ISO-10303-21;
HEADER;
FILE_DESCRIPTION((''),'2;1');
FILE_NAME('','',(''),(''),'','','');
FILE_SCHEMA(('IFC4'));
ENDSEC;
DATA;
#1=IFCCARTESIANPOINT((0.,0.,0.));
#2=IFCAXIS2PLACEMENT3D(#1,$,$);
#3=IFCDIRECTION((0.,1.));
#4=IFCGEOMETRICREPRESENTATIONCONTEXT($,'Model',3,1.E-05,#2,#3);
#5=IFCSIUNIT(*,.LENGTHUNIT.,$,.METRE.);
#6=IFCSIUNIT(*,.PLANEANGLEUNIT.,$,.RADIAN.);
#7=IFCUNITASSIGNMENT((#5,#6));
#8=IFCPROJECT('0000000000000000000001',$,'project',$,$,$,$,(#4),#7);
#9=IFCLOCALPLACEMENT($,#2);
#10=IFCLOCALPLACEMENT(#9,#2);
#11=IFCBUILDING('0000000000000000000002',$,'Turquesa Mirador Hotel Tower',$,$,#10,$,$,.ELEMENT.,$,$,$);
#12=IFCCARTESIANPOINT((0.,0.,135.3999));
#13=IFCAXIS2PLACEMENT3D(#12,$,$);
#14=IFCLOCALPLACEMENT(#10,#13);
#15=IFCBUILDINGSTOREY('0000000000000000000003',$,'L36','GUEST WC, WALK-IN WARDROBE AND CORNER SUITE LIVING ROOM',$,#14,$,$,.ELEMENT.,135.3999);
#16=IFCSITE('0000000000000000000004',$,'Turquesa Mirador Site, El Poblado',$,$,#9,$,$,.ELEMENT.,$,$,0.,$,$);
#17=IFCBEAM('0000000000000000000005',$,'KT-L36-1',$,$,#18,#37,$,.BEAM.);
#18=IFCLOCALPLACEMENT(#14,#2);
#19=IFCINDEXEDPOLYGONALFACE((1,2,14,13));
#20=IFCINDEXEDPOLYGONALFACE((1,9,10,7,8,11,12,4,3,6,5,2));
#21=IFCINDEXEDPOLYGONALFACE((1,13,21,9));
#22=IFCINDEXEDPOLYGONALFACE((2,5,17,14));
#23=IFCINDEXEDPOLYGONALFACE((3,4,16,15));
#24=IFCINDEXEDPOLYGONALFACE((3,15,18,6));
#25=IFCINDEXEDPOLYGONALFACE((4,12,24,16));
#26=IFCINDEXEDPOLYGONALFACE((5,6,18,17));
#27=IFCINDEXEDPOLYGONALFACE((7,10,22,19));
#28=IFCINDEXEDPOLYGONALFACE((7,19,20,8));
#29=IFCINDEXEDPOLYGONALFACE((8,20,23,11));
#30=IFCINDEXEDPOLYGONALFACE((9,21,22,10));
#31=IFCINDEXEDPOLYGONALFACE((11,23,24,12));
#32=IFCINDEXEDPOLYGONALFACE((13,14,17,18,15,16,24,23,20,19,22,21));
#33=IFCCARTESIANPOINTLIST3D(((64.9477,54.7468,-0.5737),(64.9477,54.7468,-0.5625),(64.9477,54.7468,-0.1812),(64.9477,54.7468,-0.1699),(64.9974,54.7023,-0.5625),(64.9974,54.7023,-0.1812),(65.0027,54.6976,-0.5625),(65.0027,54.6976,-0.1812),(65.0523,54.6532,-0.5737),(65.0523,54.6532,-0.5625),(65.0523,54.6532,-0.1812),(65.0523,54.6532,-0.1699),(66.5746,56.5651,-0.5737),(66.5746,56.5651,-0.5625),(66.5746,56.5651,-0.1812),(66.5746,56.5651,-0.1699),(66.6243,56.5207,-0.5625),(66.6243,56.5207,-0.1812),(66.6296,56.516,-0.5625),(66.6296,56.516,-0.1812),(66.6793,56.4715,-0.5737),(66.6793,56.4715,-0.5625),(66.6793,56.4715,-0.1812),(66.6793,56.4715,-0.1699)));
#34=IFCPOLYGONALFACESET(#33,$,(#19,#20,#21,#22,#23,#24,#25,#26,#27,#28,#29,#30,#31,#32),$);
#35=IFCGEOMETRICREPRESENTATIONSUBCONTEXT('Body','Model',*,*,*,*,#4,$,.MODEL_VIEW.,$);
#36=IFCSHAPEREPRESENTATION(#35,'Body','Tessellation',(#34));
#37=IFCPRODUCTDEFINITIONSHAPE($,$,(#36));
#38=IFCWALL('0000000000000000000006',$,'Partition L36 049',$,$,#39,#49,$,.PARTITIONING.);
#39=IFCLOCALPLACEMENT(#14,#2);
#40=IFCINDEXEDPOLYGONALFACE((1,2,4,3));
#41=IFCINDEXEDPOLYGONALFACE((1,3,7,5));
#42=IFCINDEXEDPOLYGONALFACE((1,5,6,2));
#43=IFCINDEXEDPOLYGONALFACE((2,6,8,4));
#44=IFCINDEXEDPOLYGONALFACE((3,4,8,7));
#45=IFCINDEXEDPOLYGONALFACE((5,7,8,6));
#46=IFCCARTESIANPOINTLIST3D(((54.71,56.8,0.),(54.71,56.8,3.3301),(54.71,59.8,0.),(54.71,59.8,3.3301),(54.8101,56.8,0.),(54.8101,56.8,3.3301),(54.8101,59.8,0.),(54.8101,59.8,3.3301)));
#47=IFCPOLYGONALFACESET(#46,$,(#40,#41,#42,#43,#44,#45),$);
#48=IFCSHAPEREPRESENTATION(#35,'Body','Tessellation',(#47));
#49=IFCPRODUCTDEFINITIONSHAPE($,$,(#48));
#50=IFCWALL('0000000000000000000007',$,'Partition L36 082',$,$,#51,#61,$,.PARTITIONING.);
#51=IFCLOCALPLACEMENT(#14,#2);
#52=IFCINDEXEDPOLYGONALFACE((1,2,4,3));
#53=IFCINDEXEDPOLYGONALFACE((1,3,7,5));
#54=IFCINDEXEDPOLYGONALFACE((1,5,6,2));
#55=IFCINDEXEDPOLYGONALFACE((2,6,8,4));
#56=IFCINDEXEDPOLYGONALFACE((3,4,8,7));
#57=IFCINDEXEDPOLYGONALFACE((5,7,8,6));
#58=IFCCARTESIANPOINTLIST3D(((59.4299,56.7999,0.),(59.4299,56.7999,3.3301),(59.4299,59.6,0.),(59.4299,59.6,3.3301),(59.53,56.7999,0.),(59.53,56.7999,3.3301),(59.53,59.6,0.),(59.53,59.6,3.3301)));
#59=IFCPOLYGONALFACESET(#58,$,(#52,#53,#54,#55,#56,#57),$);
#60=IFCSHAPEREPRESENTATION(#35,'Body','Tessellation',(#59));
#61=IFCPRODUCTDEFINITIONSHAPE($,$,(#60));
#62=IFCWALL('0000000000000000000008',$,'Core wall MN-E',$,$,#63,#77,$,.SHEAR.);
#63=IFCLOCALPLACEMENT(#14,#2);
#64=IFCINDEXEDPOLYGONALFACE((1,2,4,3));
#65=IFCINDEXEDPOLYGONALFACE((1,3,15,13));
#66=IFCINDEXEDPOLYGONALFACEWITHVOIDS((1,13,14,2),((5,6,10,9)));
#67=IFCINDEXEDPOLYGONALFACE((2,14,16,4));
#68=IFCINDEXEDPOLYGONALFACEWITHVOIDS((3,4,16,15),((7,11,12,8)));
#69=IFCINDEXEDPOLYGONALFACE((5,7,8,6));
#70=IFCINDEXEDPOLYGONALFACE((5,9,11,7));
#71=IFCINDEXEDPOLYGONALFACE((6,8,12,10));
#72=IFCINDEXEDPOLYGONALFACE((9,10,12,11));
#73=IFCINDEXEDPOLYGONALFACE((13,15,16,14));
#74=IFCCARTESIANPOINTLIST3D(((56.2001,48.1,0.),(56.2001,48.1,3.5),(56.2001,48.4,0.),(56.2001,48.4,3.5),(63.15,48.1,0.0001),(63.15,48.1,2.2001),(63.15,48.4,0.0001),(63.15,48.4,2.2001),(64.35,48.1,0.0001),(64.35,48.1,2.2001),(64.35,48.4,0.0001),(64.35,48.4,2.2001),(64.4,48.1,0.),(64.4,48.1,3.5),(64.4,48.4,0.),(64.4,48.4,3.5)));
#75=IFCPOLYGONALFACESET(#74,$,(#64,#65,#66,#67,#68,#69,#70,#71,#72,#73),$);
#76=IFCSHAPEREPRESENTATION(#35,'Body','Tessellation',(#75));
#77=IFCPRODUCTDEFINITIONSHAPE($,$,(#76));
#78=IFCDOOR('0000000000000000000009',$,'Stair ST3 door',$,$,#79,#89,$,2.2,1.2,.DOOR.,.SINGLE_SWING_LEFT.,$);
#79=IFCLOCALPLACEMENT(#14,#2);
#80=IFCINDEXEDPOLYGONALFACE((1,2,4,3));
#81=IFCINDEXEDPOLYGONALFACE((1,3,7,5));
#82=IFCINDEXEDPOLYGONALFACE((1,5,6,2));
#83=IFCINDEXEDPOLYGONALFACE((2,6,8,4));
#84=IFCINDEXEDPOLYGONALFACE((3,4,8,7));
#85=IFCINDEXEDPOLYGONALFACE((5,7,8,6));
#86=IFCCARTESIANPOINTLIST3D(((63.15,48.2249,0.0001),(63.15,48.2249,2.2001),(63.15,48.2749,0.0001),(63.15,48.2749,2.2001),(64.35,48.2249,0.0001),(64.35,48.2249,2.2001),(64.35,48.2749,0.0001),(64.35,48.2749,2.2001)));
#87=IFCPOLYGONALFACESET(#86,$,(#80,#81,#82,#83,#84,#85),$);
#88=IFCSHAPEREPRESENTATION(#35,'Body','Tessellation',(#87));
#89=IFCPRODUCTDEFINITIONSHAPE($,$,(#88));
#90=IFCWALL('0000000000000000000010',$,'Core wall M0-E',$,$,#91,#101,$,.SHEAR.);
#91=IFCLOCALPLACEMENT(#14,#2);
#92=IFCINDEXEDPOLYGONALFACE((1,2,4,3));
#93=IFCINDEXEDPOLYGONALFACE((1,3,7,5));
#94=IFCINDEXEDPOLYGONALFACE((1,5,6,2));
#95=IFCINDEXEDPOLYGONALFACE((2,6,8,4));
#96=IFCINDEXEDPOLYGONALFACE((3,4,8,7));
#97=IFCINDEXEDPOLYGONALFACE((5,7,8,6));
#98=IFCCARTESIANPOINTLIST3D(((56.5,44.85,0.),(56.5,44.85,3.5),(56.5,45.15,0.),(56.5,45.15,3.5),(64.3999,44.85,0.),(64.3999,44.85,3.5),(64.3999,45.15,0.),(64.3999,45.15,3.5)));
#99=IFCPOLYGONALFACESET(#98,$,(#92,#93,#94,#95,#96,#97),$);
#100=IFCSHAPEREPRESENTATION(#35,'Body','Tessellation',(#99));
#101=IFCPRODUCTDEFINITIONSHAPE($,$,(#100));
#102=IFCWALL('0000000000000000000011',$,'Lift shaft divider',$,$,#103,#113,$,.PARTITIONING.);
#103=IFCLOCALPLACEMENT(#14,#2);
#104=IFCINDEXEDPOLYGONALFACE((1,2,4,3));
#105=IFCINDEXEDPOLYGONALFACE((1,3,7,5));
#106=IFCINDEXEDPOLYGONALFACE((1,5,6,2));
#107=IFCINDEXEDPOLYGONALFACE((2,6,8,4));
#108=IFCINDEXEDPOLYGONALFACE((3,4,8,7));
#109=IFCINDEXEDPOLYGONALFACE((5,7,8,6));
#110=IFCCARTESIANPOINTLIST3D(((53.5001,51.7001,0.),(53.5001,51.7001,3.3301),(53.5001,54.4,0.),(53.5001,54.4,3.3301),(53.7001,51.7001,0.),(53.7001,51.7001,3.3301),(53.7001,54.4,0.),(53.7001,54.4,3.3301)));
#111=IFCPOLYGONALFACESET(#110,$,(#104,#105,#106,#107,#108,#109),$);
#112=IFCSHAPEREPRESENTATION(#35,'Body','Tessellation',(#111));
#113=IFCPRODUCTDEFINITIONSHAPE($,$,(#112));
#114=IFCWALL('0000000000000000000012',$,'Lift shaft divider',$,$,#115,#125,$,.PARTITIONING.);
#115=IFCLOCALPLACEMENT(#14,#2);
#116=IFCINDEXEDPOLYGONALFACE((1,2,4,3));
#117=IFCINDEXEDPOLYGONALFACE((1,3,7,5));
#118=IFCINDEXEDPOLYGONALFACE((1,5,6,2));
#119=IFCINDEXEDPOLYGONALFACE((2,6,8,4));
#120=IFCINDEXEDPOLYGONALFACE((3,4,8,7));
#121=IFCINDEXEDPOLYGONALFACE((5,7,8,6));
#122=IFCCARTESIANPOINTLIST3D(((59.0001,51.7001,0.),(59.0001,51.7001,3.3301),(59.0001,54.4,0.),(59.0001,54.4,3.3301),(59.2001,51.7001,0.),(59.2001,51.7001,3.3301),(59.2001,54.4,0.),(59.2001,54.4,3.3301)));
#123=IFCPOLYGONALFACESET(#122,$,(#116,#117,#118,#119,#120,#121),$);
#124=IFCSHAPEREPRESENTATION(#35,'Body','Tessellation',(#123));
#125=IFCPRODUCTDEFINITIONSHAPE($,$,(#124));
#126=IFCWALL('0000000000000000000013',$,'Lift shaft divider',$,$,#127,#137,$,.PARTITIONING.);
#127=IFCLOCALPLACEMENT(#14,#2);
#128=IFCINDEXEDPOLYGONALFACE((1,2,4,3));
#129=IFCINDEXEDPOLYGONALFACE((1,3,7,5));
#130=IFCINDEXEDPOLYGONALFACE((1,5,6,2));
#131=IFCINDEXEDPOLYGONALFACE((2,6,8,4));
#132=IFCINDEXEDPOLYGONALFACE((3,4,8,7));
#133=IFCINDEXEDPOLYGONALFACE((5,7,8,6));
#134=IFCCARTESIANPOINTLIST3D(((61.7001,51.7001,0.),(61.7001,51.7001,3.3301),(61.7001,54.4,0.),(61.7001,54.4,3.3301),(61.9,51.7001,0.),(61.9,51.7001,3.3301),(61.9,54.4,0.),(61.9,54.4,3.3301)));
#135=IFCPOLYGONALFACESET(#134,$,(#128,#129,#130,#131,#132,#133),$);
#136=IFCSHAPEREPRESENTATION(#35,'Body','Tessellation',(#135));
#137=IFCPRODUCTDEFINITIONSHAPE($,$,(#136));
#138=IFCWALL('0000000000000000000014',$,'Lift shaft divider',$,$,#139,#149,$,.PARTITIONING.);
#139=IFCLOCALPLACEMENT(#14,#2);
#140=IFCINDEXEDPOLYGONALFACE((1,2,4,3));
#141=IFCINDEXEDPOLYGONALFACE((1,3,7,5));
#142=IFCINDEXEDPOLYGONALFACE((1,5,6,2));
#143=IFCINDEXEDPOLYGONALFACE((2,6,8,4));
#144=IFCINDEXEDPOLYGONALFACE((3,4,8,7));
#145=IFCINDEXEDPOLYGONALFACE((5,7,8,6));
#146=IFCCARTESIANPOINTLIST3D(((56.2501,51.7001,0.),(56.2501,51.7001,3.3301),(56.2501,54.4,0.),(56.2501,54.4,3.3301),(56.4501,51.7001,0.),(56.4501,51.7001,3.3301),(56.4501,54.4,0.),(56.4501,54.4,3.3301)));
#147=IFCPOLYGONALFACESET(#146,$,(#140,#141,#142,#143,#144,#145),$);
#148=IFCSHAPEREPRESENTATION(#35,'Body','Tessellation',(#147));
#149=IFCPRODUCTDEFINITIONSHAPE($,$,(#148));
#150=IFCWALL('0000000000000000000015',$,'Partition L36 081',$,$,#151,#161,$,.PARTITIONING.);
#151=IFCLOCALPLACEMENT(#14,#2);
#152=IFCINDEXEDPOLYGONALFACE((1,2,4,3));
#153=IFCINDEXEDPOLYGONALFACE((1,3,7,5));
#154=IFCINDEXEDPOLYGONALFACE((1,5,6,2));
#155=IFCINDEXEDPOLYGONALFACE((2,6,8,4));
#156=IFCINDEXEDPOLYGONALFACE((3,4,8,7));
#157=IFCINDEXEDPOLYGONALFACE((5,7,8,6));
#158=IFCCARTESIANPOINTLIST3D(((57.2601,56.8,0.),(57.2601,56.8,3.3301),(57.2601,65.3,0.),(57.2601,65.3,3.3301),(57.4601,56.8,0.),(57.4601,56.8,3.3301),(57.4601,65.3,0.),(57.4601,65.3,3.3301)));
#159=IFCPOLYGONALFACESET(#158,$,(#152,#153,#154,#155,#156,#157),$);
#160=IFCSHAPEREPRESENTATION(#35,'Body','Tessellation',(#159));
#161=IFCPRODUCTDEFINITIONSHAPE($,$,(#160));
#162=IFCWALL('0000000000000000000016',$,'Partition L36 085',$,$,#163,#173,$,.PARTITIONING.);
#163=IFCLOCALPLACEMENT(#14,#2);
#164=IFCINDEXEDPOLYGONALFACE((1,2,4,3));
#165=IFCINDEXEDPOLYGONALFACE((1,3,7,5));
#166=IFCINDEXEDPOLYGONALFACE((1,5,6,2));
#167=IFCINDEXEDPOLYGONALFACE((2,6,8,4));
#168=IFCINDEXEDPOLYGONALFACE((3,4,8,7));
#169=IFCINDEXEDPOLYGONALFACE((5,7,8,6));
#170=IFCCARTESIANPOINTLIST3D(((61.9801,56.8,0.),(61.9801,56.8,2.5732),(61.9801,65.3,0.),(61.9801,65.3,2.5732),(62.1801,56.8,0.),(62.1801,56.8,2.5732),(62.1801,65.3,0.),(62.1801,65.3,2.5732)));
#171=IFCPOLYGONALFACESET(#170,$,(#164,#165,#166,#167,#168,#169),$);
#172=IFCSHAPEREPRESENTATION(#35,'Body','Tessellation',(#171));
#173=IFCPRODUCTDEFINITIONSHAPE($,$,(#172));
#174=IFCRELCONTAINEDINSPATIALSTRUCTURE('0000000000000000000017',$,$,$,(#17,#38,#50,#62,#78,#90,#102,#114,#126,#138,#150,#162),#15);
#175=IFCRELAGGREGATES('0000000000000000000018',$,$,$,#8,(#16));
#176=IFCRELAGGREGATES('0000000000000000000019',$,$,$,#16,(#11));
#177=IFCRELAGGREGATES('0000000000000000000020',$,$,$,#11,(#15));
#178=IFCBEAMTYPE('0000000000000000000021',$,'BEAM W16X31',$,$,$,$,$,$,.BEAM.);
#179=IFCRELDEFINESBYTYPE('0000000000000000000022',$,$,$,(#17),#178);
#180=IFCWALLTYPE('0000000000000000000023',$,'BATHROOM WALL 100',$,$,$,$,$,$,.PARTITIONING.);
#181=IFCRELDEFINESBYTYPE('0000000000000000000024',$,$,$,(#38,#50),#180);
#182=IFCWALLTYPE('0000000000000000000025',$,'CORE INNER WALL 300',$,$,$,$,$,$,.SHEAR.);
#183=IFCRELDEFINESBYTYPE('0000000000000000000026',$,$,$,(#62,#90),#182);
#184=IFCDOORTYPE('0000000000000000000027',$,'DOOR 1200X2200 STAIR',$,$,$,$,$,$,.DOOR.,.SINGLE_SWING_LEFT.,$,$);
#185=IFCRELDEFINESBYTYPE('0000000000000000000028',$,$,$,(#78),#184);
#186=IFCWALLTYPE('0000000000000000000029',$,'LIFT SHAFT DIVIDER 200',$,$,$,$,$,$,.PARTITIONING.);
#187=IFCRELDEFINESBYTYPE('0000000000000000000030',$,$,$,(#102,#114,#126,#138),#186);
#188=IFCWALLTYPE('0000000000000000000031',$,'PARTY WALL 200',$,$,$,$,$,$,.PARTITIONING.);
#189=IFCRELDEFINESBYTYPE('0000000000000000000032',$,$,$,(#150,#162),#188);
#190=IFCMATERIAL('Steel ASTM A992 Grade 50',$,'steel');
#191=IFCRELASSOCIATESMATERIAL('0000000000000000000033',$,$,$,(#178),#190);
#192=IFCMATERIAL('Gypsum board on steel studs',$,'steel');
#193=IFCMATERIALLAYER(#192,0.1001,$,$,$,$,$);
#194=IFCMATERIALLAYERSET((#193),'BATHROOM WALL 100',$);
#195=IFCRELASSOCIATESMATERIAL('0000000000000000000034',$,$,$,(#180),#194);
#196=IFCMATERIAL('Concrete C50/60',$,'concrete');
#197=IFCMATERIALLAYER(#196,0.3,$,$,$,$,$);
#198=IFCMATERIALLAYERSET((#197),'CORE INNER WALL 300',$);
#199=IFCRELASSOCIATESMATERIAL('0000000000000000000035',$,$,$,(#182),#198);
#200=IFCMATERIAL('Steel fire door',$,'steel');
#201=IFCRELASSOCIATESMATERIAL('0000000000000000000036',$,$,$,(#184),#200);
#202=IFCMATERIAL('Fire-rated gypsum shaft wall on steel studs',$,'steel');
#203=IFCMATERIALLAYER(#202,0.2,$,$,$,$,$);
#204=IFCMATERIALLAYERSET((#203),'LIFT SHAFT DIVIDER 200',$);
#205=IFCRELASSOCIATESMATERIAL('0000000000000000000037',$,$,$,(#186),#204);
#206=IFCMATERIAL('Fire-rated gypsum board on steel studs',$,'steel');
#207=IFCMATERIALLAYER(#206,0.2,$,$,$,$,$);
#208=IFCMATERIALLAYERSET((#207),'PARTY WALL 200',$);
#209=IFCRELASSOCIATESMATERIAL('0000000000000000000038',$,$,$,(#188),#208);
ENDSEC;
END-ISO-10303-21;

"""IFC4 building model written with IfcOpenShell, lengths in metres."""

from ifc_helpers import new_model, si_unit, direction, frame, frame_2d, origin, origin_2d, place, context, subcontext, project, spatial, rectangle, i_section, extrude, material, layer, layer_set, material_profile, profile_set, type_object, element, fill, save


model = new_model("IFC4")

# Units and contexts
model_context = context("Model", 3, precision=1e-05, world=origin(), true_north=direction((0.0, 1.0)))
body_context = subcontext(model_context, "Body", "Model", "MODEL_VIEW")
ifc_project = project(units=[si_unit("LENGTHUNIT", "METRE"), si_unit("PLANEANGLEUNIT", "RADIAN")], contexts=[model_context])

# Site, building, storey
site_placement = place(None, origin())
site = spatial("IfcSite", under=ifc_project, at=site_placement, Name="Turquesa Mirador Site, El Poblado", CompositionType="ELEMENT", RefElevation=0.0)
building_placement = place(site_placement, origin())
building = spatial("IfcBuilding", under=site, at=building_placement, Name="Turquesa Mirador Hotel Tower", CompositionType="ELEMENT")
storey_placement = place(building_placement, frame((0.0, 0.0, 135.3999)))
storey = spatial("IfcBuildingStorey", under=building, at=storey_placement, Name="L36", Description="GUEST WC, WALK-IN WARDROBE AND CORNER SUITE LIVING ROOM", CompositionType="ELEMENT", Elevation=135.3999)

# Beam
ifc_material_1 = material(Name="Steel ASTM A992 Grade 50", Category="steel")
ifc_material_profile = material_profile(ifc_material_1, i_section(OverallWidth=0.1404, OverallDepth=0.4038, WebThickness=0.0071, FlangeThickness=0.0112, at=origin_2d()), Name="W16X31")
ifc_profile_set = profile_set([ifc_material_profile], Name="Steel ASTM A992 Grade 50")
beam_type = type_object("IfcBeamType", Name="BEAM W16X31", PredefinedType="BEAM", material=ifc_profile_set)
beam_placement = place(storey_placement, frame((66.627, 56.5183, -0.3718), z_axis=(-0.666795, -0.745241, 0.0), x_axis=(0.745241, -0.666795, 0.0)))
element("IfcBeam", 1, at=beam_placement, inside=storey, type_object=beam_type, Name="KT-L36-1", PredefinedType="BEAM", context=body_context, shape_type="SweptSolid", body=[
    extrude(i_section(OverallWidth=0.1404, OverallDepth=0.4038, WebThickness=0.0071, FlangeThickness=0.0112, at=origin_2d()), origin(), (0.0, 0.0, 1.0), 2.4399),
])

# Walls
ifc_material_2 = material(Name="Gypsum board on steel studs", Category="steel")
ifc_layer_1 = layer(ifc_material_2, 0.1001)
ifc_layer_set_1 = layer_set([ifc_layer_1], Name="BATHROOM WALL 100")
wall_type_1 = type_object("IfcWallType", Name="BATHROOM WALL 100", PredefinedType="PARTITIONING", material=ifc_layer_set_1)
wall_1_placement = place(storey_placement, frame((54.76, 56.8, 0.0), z_axis=(0.0, 0.0, 1.0), x_axis=(0.0, 1.0, 0.0)))
element("IfcWall", 2, at=wall_1_placement, inside=storey, type_object=wall_type_1, Name="Partition L36 049", PredefinedType="PARTITIONING", context=body_context, shape_type="SweptSolid", body=[
    extrude(rectangle(XDim=3.0, YDim=0.1001, at=frame_2d((1.5, 0.0))), origin(), (0.0, 0.0, 1.0), 3.3301),
])
wall_2_placement = place(storey_placement, frame((59.48, 56.8, 0.0), z_axis=(0.0, 0.0, 1.0), x_axis=(0.0, 1.0, 0.0)))
element("IfcWall", 3, at=wall_2_placement, inside=storey, type_object=wall_type_1, Name="Partition L36 082", PredefinedType="PARTITIONING", context=body_context, shape_type="SweptSolid", body=[
    extrude(rectangle(XDim=2.8, YDim=0.1001, at=frame_2d((1.3999, 0.0))), origin(), (0.0, 0.0, 1.0), 3.3301),
])

# Wall, opening, door
ifc_material_3 = material(Name="Concrete C50/60", Category="concrete")
ifc_layer_2 = layer(ifc_material_3, 0.3)
ifc_layer_set_2 = layer_set([ifc_layer_2], Name="CORE INNER WALL 300")
wall_type_2 = type_object("IfcWallType", Name="CORE INNER WALL 300", PredefinedType="SHEAR", material=ifc_layer_set_2)
wall_3_placement = place(storey_placement, frame((56.2, 48.25, 0.0), z_axis=(0.0, 0.0, 1.0), x_axis=(1.0, 0.0, 0.0)))
wall_3 = element("IfcWall", 4, at=wall_3_placement, inside=storey, type_object=wall_type_2, Name="Core wall MN-E", PredefinedType="SHEAR", context=body_context, shape_type="SweptSolid", body=[
    extrude(rectangle(XDim=8.2, YDim=0.3, at=frame_2d((4.1001, 0.0))), origin(), (0.0, 0.0, 1.0), 3.5),
])
opening_1_placement = place(wall_3_placement, frame((6.95, 0.0, 0.0)))
opening_1 = element("IfcOpeningElement", 5, at=opening_1_placement, cuts=wall_3, PredefinedType="OPENING", context=body_context, shape_type="SweptSolid", body=[
    extrude(rectangle(XDim=1.2, YDim=2.2, at=frame_2d((0.6001, 1.1001))), frame((0.0, 0.1599, 0.0), z_axis=(0.0, -1.0, 0.0), x_axis=(1.0, 0.0, 0.0)), (0.0, 0.0, 1.0), 0.3201),
])
ifc_material_4 = material(Name="Steel fire door", Category="steel")
door_type_1 = type_object("IfcDoorType", Name="DOOR 1200X2200 STAIR", OperationType="SINGLE_SWING_LEFT", PredefinedType="DOOR", material=ifc_material_4)
door_1_placement = place(opening_1_placement, origin())
door_1 = element("IfcDoor", 6, at=door_1_placement, inside=storey, type_object=door_type_1, Name="Stair ST3 door", OperationType="SINGLE_SWING_LEFT", OverallHeight=2.2, OverallWidth=1.2, PredefinedType="DOOR", context=body_context, shape_type="SweptSolid", body=[
    extrude(rectangle(XDim=1.2, YDim=2.2, at=frame_2d((0.6001, 1.1001))), frame((0.0, 0.0249, 0.0), z_axis=(0.0, -1.0, 0.0), x_axis=(1.0, 0.0, 0.0)), (0.0, 0.0, 1.0), 0.05),
])
fill(opening_1, door_1)

# Walls
wall_4_placement = place(storey_placement, frame((56.5, 45.0, 0.0), z_axis=(0.0, 0.0, 1.0), x_axis=(1.0, 0.0, 0.0)))
element("IfcWall", 7, at=wall_4_placement, inside=storey, type_object=wall_type_2, Name="Core wall M0-E", PredefinedType="SHEAR", context=body_context, shape_type="SweptSolid", body=[
    extrude(rectangle(XDim=7.8999, YDim=0.3, at=frame_2d((3.95, 0.0))), origin(), (0.0, 0.0, 1.0), 3.5),
])
ifc_material_5 = material(Name="Fire-rated gypsum shaft wall on steel studs", Category="steel")
ifc_layer_3 = layer(ifc_material_5, 0.2)
ifc_layer_set_3 = layer_set([ifc_layer_3], Name="LIFT SHAFT DIVIDER 200")
wall_type_3 = type_object("IfcWallType", Name="LIFT SHAFT DIVIDER 200", PredefinedType="PARTITIONING", material=ifc_layer_set_3)
for number, where, z_axis, x_axis, name in (
    (8, (53.6001, 51.7, 0.0), (0.0, 0.0, 1.0), (0.0, 1.0, 0.0), "Lift shaft divider"),
    (9, (59.1001, 51.7, 0.0), (0.0, 0.0, 1.0), (0.0, 1.0, 0.0), "Lift shaft divider"),
    (10, (61.8, 51.7, 0.0), (0.0, 0.0, 1.0), (0.0, 1.0, 0.0), "Lift shaft divider"),
    (11, (56.3501, 51.7, 0.0), (0.0, 0.0, 1.0), (0.0, 1.0, 0.0), "Lift shaft divider"),
):
    element("IfcWall", number, at=place(storey_placement, frame(where, z_axis=z_axis, x_axis=x_axis)), inside=storey, type_object=wall_type_3, Name=name, PredefinedType="PARTITIONING", context=body_context, shape_type="SweptSolid", body=[
        extrude(rectangle(XDim=2.7, YDim=0.2, at=frame_2d((1.3501, 0.0))), origin(), (0.0, 0.0, 1.0), 3.3301),
    ])
ifc_material_6 = material(Name="Fire-rated gypsum board on steel studs", Category="steel")
ifc_layer_4 = layer(ifc_material_6, 0.2)
ifc_layer_set_4 = layer_set([ifc_layer_4], Name="PARTY WALL 200")
wall_type_4 = type_object("IfcWallType", Name="PARTY WALL 200", PredefinedType="PARTITIONING", material=ifc_layer_set_4)
wall_5_placement = place(storey_placement, frame((57.3601, 56.8, 0.0), z_axis=(0.0, 0.0, 1.0), x_axis=(0.0, 1.0, 0.0)))
element("IfcWall", 12, at=wall_5_placement, inside=storey, type_object=wall_type_4, Name="Partition L36 081", PredefinedType="PARTITIONING", context=body_context, shape_type="SweptSolid", body=[
    extrude(rectangle(XDim=8.5, YDim=0.2, at=frame_2d((4.25, 0.0))), origin(), (0.0, 0.0, 1.0), 3.3301),
])
wall_6_placement = place(storey_placement, frame((62.0801, 56.8, 0.0), z_axis=(0.0, 0.0, 1.0), x_axis=(0.0, 1.0, 0.0)))
element("IfcWall", 13, at=wall_6_placement, inside=storey, type_object=wall_type_4, Name="Partition L36 085", PredefinedType="PARTITIONING", context=body_context, shape_type="SweptSolid", body=[
    extrude(rectangle(XDim=8.5, YDim=0.2, at=frame_2d((4.25, 0.0))), origin(), (0.0, 0.0, 1.0), 2.5732),
])

save(model, "model.ifc")
